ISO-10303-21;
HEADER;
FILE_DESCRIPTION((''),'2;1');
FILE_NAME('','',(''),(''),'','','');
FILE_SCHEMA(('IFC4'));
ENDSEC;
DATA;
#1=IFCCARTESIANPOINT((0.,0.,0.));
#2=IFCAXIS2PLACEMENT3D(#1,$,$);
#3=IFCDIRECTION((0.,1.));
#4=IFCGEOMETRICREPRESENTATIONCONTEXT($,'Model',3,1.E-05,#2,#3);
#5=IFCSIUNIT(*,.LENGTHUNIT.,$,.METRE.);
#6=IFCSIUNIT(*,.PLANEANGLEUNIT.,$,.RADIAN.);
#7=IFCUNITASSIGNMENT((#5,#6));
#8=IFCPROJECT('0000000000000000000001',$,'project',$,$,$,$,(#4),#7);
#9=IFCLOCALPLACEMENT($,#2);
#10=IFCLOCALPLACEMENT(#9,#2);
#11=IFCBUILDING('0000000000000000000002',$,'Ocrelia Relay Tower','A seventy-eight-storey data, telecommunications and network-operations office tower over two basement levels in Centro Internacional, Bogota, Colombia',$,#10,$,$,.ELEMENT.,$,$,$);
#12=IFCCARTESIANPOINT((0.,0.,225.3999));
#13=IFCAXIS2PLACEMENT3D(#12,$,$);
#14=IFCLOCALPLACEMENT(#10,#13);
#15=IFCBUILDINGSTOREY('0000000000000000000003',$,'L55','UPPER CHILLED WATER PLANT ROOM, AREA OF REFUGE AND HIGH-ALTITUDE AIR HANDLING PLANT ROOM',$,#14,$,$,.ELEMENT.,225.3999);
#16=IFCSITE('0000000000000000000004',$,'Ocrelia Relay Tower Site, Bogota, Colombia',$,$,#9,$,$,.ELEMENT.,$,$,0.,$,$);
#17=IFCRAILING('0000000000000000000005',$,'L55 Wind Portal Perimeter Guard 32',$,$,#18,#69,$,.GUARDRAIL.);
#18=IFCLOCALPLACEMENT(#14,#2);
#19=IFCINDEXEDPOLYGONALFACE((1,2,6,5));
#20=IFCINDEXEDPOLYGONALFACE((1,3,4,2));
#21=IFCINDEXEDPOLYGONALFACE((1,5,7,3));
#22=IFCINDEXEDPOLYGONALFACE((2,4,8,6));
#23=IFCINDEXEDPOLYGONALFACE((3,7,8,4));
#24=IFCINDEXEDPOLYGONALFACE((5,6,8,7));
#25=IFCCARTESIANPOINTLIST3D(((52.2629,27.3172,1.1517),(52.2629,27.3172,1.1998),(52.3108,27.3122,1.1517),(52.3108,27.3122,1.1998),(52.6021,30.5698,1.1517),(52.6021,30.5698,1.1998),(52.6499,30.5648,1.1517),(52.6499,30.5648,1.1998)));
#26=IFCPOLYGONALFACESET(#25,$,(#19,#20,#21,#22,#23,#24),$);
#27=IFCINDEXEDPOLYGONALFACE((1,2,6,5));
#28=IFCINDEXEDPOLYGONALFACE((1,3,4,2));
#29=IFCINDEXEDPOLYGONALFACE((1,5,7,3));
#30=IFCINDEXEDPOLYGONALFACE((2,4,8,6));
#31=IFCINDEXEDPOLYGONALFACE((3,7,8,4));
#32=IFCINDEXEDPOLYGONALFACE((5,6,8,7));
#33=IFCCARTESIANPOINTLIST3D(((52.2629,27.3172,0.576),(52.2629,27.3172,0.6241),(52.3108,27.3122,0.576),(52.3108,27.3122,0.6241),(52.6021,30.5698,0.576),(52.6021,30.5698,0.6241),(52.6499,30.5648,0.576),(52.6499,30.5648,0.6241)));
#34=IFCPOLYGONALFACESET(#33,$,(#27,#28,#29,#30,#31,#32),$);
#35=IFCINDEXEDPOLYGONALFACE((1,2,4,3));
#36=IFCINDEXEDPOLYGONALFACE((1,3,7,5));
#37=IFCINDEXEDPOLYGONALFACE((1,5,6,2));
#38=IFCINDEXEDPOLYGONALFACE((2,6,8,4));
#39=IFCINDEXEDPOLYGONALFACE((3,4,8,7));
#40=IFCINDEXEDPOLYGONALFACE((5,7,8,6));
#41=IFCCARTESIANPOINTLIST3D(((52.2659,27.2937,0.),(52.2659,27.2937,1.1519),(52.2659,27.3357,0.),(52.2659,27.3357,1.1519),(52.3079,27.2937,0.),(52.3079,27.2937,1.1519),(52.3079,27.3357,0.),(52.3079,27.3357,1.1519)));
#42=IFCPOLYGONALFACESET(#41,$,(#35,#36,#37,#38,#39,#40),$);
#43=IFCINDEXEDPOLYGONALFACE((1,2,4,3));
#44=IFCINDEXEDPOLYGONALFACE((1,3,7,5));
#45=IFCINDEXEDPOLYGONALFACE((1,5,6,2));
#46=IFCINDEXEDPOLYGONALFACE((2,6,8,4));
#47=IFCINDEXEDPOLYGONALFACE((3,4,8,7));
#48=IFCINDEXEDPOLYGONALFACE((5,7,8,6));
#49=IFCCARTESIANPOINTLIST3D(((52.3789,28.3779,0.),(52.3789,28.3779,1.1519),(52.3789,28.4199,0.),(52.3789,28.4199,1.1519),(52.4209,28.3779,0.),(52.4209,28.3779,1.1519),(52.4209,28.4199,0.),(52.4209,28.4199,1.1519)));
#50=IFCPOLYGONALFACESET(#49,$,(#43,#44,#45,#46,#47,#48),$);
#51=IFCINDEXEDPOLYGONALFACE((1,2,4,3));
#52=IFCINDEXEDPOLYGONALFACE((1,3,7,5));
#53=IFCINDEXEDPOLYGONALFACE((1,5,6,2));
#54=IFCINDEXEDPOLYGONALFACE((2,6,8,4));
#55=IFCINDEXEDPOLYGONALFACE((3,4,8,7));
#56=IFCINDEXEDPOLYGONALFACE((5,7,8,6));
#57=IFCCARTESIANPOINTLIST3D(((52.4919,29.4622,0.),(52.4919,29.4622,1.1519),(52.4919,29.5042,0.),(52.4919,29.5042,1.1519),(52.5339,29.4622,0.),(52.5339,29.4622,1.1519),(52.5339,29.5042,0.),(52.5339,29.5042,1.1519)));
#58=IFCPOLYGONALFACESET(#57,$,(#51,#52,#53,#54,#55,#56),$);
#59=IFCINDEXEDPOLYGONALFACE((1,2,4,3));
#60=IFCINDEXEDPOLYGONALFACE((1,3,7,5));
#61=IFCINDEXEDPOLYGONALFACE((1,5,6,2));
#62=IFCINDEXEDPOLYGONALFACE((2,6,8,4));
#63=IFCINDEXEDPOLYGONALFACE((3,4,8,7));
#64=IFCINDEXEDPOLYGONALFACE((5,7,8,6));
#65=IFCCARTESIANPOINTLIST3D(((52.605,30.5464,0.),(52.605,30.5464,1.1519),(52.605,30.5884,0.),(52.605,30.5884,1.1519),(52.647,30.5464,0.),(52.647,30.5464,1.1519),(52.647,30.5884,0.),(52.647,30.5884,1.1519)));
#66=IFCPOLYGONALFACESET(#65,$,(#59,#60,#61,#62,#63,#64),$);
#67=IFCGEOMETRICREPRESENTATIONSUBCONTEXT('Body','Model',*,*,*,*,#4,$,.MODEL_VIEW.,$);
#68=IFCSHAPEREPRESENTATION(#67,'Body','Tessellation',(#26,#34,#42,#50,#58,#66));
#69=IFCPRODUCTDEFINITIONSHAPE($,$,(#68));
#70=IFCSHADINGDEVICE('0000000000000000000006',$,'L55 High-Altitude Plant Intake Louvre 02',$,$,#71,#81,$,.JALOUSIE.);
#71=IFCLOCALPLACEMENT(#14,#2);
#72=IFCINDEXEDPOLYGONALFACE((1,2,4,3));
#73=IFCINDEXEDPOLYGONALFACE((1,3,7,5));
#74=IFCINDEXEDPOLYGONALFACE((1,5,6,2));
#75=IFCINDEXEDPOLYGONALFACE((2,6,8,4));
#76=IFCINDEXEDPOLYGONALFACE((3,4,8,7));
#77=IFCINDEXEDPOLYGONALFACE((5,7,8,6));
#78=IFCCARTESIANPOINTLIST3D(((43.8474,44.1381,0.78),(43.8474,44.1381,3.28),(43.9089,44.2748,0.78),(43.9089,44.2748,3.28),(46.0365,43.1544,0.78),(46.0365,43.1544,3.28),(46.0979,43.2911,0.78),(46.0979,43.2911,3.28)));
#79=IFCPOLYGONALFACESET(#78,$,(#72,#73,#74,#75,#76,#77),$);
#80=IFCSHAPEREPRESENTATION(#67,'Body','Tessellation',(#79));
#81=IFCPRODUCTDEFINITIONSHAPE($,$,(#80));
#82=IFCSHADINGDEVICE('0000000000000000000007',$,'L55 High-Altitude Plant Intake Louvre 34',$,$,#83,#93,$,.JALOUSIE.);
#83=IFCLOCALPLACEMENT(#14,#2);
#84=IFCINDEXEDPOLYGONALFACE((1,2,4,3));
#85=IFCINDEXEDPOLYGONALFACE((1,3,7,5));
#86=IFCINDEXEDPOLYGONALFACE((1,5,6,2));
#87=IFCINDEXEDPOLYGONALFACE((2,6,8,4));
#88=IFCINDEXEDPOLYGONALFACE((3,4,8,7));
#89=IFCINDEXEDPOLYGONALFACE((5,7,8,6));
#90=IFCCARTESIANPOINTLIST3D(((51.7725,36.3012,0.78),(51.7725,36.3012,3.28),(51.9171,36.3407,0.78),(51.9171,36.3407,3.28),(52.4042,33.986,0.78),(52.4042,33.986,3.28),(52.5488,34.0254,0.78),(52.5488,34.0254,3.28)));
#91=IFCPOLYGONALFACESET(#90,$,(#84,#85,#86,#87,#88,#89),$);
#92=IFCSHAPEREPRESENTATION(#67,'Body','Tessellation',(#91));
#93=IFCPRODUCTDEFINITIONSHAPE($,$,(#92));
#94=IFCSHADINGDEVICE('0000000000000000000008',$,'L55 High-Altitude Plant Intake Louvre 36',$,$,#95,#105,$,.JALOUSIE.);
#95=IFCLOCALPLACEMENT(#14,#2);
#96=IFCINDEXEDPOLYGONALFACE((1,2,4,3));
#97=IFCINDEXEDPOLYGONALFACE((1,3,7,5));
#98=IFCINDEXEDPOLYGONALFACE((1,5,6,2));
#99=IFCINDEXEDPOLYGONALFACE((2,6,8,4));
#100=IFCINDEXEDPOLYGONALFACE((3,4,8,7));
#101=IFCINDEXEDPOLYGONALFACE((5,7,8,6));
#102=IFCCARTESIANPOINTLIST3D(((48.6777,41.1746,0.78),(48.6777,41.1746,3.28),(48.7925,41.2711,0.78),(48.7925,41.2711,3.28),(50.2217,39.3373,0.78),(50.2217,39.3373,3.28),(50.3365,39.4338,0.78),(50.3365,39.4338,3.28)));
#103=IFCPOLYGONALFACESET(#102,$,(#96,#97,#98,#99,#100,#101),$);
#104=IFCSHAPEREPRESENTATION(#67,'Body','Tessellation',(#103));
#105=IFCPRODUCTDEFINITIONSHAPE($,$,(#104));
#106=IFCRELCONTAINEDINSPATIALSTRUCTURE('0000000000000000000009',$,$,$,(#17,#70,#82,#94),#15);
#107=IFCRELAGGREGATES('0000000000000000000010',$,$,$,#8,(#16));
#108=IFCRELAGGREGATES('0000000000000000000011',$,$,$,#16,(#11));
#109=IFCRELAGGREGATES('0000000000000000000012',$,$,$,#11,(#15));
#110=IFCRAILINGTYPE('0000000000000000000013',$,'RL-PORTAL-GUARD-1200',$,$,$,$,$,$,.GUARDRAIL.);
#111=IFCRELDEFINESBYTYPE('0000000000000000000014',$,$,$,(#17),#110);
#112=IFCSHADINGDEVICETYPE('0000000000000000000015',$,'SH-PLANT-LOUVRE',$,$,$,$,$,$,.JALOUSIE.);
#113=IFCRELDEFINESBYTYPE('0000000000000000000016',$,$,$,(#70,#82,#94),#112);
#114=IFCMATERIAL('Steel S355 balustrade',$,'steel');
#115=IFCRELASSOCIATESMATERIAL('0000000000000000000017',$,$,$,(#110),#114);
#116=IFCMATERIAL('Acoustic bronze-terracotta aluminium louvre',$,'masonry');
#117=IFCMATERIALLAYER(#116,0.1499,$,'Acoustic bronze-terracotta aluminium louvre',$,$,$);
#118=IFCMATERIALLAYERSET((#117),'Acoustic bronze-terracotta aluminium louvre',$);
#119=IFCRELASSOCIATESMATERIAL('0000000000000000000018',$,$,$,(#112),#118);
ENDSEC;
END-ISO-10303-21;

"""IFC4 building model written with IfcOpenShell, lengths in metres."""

from ifc_helpers import new_model, si_unit, direction, frame, origin, origin_2d, place, context, subcontext, project, spatial, rectangle, extrude, material, layer, layer_set, type_object, element, save


model = new_model("IFC4")

# Units and contexts
model_context = context("Model", 3, precision=1e-05, world=origin(), true_north=direction((0.0, 1.0)))
body_context = subcontext(model_context, "Body", "Model", "MODEL_VIEW")
ifc_project = project(units=[si_unit("LENGTHUNIT", "METRE"), si_unit("PLANEANGLEUNIT", "RADIAN")], contexts=[model_context])

# Site, building, storey
site_placement = place(None, origin())
site = spatial("IfcSite", under=ifc_project, at=site_placement, Name="Ocrelia Relay Tower Site, Bogota, Colombia", CompositionType="ELEMENT", RefElevation=0.0)
building_placement = place(site_placement, origin())
building = spatial("IfcBuilding", under=site, at=building_placement, Name="Ocrelia Relay Tower", Description="A seventy-eight-storey data, telecommunications and network-operations office tower over two basement levels in Centro Internacional, Bogota, Colombia", CompositionType="ELEMENT")
storey_placement = place(building_placement, frame((0.0, 0.0, 225.3999)))
storey = spatial("IfcBuildingStorey", under=building, at=storey_placement, Name="L55", Description="UPPER CHILLED WATER PLANT ROOM, AREA OF REFUGE AND HIGH-ALTITUDE AIR HANDLING PLANT ROOM", CompositionType="ELEMENT", Elevation=225.3999)

# Railing
ifc_material_1 = material(Name="Steel S355 balustrade", Category="steel")
railing_type = type_object("IfcRailingType", Name="RL-PORTAL-GUARD-1200", PredefinedType="GUARDRAIL", material=ifc_material_1)
railing_placement = place(storey_placement, frame((52.2869, 27.3147, 0.0)))
element("IfcRailing", 1, at=railing_placement, inside=storey, type_object=railing_type, Name="L55 Wind Portal Perimeter Guard 32", PredefinedType="GUARDRAIL", context=body_context, shape_type="SweptSolid", body=[
    extrude(rectangle(XDim=0.0481, YDim=0.0481, at=origin_2d()), frame((0.0, 0.0, 1.1758), z_axis=(0.103694, 0.994609, 0.0), x_axis=(-0.994609, 0.103694, 0.0)), (0.0, 0.0, 1.0), 3.2703),
    extrude(rectangle(XDim=0.0481, YDim=0.0481, at=origin_2d()), frame((0.0, 0.0, 0.6001), z_axis=(0.103694, 0.994609, 0.0), x_axis=(-0.994609, 0.103694, 0.0)), (0.0, 0.0, 1.0), 3.2703),
    extrude(rectangle(XDim=0.042, YDim=0.042, at=origin_2d()), origin(), (0.0, 0.0, 1.0), 1.1519),
    extrude(rectangle(XDim=0.042, YDim=0.042, at=origin_2d()), frame((0.113, 1.0842, 0.0)), (0.0, 0.0, 1.0), 1.1519),
    extrude(rectangle(XDim=0.042, YDim=0.042, at=origin_2d()), frame((0.2261, 2.1685, 0.0)), (0.0, 0.0, 1.0), 1.1519),
    extrude(rectangle(XDim=0.042, YDim=0.042, at=origin_2d()), frame((0.3391, 3.2527, 0.0)), (0.0, 0.0, 1.0), 1.1519),
])

# Shading devices
ifc_material_2 = material(Name="Acoustic bronze-terracotta aluminium louvre", Category="masonry")
ifc_layer_1 = layer(ifc_material_2, 0.1499, Name="Acoustic bronze-terracotta aluminium louvre")
ifc_layer_set_1 = layer_set([ifc_layer_1], Name="Acoustic bronze-terracotta aluminium louvre")
shading_device_type = type_object("IfcShadingDeviceType", Name="SH-PLANT-LOUVRE", PredefinedType="JALOUSIE", material=ifc_layer_set_1)
for number, where, z_axis, x_axis, name in (
    (2, (44.9727, 43.7146, 0.78), (0.0, 0.0, 1.0), (-0.912134, 0.409891, 0.0), "L55 High-Altitude Plant Intake Louvre 02"),
    (3, (52.1606, 35.1633, 0.78), (0.0, 0.0, 1.0), (-0.263191, 0.964744, 0.0), "L55 High-Altitude Plant Intake Louvre 34"),
    (4, (49.5071, 40.3042, 0.78), (0.0, 0.0, 1.0), (-0.643367, 0.765558, 0.0), "L55 High-Altitude Plant Intake Louvre 36"),
):
    element("IfcShadingDevice", number, at=place(storey_placement, frame(where, z_axis=z_axis, x_axis=x_axis)), inside=storey, type_object=shading_device_type, Name=name, PredefinedType="JALOUSIE", context=body_context, shape_type="SweptSolid", body=[
        extrude(rectangle(XDim=2.3999, YDim=0.1499, at=origin_2d()), origin(), (0.0, 0.0, 1.0), 2.5),
    ])

save(model, "model.ifc")
